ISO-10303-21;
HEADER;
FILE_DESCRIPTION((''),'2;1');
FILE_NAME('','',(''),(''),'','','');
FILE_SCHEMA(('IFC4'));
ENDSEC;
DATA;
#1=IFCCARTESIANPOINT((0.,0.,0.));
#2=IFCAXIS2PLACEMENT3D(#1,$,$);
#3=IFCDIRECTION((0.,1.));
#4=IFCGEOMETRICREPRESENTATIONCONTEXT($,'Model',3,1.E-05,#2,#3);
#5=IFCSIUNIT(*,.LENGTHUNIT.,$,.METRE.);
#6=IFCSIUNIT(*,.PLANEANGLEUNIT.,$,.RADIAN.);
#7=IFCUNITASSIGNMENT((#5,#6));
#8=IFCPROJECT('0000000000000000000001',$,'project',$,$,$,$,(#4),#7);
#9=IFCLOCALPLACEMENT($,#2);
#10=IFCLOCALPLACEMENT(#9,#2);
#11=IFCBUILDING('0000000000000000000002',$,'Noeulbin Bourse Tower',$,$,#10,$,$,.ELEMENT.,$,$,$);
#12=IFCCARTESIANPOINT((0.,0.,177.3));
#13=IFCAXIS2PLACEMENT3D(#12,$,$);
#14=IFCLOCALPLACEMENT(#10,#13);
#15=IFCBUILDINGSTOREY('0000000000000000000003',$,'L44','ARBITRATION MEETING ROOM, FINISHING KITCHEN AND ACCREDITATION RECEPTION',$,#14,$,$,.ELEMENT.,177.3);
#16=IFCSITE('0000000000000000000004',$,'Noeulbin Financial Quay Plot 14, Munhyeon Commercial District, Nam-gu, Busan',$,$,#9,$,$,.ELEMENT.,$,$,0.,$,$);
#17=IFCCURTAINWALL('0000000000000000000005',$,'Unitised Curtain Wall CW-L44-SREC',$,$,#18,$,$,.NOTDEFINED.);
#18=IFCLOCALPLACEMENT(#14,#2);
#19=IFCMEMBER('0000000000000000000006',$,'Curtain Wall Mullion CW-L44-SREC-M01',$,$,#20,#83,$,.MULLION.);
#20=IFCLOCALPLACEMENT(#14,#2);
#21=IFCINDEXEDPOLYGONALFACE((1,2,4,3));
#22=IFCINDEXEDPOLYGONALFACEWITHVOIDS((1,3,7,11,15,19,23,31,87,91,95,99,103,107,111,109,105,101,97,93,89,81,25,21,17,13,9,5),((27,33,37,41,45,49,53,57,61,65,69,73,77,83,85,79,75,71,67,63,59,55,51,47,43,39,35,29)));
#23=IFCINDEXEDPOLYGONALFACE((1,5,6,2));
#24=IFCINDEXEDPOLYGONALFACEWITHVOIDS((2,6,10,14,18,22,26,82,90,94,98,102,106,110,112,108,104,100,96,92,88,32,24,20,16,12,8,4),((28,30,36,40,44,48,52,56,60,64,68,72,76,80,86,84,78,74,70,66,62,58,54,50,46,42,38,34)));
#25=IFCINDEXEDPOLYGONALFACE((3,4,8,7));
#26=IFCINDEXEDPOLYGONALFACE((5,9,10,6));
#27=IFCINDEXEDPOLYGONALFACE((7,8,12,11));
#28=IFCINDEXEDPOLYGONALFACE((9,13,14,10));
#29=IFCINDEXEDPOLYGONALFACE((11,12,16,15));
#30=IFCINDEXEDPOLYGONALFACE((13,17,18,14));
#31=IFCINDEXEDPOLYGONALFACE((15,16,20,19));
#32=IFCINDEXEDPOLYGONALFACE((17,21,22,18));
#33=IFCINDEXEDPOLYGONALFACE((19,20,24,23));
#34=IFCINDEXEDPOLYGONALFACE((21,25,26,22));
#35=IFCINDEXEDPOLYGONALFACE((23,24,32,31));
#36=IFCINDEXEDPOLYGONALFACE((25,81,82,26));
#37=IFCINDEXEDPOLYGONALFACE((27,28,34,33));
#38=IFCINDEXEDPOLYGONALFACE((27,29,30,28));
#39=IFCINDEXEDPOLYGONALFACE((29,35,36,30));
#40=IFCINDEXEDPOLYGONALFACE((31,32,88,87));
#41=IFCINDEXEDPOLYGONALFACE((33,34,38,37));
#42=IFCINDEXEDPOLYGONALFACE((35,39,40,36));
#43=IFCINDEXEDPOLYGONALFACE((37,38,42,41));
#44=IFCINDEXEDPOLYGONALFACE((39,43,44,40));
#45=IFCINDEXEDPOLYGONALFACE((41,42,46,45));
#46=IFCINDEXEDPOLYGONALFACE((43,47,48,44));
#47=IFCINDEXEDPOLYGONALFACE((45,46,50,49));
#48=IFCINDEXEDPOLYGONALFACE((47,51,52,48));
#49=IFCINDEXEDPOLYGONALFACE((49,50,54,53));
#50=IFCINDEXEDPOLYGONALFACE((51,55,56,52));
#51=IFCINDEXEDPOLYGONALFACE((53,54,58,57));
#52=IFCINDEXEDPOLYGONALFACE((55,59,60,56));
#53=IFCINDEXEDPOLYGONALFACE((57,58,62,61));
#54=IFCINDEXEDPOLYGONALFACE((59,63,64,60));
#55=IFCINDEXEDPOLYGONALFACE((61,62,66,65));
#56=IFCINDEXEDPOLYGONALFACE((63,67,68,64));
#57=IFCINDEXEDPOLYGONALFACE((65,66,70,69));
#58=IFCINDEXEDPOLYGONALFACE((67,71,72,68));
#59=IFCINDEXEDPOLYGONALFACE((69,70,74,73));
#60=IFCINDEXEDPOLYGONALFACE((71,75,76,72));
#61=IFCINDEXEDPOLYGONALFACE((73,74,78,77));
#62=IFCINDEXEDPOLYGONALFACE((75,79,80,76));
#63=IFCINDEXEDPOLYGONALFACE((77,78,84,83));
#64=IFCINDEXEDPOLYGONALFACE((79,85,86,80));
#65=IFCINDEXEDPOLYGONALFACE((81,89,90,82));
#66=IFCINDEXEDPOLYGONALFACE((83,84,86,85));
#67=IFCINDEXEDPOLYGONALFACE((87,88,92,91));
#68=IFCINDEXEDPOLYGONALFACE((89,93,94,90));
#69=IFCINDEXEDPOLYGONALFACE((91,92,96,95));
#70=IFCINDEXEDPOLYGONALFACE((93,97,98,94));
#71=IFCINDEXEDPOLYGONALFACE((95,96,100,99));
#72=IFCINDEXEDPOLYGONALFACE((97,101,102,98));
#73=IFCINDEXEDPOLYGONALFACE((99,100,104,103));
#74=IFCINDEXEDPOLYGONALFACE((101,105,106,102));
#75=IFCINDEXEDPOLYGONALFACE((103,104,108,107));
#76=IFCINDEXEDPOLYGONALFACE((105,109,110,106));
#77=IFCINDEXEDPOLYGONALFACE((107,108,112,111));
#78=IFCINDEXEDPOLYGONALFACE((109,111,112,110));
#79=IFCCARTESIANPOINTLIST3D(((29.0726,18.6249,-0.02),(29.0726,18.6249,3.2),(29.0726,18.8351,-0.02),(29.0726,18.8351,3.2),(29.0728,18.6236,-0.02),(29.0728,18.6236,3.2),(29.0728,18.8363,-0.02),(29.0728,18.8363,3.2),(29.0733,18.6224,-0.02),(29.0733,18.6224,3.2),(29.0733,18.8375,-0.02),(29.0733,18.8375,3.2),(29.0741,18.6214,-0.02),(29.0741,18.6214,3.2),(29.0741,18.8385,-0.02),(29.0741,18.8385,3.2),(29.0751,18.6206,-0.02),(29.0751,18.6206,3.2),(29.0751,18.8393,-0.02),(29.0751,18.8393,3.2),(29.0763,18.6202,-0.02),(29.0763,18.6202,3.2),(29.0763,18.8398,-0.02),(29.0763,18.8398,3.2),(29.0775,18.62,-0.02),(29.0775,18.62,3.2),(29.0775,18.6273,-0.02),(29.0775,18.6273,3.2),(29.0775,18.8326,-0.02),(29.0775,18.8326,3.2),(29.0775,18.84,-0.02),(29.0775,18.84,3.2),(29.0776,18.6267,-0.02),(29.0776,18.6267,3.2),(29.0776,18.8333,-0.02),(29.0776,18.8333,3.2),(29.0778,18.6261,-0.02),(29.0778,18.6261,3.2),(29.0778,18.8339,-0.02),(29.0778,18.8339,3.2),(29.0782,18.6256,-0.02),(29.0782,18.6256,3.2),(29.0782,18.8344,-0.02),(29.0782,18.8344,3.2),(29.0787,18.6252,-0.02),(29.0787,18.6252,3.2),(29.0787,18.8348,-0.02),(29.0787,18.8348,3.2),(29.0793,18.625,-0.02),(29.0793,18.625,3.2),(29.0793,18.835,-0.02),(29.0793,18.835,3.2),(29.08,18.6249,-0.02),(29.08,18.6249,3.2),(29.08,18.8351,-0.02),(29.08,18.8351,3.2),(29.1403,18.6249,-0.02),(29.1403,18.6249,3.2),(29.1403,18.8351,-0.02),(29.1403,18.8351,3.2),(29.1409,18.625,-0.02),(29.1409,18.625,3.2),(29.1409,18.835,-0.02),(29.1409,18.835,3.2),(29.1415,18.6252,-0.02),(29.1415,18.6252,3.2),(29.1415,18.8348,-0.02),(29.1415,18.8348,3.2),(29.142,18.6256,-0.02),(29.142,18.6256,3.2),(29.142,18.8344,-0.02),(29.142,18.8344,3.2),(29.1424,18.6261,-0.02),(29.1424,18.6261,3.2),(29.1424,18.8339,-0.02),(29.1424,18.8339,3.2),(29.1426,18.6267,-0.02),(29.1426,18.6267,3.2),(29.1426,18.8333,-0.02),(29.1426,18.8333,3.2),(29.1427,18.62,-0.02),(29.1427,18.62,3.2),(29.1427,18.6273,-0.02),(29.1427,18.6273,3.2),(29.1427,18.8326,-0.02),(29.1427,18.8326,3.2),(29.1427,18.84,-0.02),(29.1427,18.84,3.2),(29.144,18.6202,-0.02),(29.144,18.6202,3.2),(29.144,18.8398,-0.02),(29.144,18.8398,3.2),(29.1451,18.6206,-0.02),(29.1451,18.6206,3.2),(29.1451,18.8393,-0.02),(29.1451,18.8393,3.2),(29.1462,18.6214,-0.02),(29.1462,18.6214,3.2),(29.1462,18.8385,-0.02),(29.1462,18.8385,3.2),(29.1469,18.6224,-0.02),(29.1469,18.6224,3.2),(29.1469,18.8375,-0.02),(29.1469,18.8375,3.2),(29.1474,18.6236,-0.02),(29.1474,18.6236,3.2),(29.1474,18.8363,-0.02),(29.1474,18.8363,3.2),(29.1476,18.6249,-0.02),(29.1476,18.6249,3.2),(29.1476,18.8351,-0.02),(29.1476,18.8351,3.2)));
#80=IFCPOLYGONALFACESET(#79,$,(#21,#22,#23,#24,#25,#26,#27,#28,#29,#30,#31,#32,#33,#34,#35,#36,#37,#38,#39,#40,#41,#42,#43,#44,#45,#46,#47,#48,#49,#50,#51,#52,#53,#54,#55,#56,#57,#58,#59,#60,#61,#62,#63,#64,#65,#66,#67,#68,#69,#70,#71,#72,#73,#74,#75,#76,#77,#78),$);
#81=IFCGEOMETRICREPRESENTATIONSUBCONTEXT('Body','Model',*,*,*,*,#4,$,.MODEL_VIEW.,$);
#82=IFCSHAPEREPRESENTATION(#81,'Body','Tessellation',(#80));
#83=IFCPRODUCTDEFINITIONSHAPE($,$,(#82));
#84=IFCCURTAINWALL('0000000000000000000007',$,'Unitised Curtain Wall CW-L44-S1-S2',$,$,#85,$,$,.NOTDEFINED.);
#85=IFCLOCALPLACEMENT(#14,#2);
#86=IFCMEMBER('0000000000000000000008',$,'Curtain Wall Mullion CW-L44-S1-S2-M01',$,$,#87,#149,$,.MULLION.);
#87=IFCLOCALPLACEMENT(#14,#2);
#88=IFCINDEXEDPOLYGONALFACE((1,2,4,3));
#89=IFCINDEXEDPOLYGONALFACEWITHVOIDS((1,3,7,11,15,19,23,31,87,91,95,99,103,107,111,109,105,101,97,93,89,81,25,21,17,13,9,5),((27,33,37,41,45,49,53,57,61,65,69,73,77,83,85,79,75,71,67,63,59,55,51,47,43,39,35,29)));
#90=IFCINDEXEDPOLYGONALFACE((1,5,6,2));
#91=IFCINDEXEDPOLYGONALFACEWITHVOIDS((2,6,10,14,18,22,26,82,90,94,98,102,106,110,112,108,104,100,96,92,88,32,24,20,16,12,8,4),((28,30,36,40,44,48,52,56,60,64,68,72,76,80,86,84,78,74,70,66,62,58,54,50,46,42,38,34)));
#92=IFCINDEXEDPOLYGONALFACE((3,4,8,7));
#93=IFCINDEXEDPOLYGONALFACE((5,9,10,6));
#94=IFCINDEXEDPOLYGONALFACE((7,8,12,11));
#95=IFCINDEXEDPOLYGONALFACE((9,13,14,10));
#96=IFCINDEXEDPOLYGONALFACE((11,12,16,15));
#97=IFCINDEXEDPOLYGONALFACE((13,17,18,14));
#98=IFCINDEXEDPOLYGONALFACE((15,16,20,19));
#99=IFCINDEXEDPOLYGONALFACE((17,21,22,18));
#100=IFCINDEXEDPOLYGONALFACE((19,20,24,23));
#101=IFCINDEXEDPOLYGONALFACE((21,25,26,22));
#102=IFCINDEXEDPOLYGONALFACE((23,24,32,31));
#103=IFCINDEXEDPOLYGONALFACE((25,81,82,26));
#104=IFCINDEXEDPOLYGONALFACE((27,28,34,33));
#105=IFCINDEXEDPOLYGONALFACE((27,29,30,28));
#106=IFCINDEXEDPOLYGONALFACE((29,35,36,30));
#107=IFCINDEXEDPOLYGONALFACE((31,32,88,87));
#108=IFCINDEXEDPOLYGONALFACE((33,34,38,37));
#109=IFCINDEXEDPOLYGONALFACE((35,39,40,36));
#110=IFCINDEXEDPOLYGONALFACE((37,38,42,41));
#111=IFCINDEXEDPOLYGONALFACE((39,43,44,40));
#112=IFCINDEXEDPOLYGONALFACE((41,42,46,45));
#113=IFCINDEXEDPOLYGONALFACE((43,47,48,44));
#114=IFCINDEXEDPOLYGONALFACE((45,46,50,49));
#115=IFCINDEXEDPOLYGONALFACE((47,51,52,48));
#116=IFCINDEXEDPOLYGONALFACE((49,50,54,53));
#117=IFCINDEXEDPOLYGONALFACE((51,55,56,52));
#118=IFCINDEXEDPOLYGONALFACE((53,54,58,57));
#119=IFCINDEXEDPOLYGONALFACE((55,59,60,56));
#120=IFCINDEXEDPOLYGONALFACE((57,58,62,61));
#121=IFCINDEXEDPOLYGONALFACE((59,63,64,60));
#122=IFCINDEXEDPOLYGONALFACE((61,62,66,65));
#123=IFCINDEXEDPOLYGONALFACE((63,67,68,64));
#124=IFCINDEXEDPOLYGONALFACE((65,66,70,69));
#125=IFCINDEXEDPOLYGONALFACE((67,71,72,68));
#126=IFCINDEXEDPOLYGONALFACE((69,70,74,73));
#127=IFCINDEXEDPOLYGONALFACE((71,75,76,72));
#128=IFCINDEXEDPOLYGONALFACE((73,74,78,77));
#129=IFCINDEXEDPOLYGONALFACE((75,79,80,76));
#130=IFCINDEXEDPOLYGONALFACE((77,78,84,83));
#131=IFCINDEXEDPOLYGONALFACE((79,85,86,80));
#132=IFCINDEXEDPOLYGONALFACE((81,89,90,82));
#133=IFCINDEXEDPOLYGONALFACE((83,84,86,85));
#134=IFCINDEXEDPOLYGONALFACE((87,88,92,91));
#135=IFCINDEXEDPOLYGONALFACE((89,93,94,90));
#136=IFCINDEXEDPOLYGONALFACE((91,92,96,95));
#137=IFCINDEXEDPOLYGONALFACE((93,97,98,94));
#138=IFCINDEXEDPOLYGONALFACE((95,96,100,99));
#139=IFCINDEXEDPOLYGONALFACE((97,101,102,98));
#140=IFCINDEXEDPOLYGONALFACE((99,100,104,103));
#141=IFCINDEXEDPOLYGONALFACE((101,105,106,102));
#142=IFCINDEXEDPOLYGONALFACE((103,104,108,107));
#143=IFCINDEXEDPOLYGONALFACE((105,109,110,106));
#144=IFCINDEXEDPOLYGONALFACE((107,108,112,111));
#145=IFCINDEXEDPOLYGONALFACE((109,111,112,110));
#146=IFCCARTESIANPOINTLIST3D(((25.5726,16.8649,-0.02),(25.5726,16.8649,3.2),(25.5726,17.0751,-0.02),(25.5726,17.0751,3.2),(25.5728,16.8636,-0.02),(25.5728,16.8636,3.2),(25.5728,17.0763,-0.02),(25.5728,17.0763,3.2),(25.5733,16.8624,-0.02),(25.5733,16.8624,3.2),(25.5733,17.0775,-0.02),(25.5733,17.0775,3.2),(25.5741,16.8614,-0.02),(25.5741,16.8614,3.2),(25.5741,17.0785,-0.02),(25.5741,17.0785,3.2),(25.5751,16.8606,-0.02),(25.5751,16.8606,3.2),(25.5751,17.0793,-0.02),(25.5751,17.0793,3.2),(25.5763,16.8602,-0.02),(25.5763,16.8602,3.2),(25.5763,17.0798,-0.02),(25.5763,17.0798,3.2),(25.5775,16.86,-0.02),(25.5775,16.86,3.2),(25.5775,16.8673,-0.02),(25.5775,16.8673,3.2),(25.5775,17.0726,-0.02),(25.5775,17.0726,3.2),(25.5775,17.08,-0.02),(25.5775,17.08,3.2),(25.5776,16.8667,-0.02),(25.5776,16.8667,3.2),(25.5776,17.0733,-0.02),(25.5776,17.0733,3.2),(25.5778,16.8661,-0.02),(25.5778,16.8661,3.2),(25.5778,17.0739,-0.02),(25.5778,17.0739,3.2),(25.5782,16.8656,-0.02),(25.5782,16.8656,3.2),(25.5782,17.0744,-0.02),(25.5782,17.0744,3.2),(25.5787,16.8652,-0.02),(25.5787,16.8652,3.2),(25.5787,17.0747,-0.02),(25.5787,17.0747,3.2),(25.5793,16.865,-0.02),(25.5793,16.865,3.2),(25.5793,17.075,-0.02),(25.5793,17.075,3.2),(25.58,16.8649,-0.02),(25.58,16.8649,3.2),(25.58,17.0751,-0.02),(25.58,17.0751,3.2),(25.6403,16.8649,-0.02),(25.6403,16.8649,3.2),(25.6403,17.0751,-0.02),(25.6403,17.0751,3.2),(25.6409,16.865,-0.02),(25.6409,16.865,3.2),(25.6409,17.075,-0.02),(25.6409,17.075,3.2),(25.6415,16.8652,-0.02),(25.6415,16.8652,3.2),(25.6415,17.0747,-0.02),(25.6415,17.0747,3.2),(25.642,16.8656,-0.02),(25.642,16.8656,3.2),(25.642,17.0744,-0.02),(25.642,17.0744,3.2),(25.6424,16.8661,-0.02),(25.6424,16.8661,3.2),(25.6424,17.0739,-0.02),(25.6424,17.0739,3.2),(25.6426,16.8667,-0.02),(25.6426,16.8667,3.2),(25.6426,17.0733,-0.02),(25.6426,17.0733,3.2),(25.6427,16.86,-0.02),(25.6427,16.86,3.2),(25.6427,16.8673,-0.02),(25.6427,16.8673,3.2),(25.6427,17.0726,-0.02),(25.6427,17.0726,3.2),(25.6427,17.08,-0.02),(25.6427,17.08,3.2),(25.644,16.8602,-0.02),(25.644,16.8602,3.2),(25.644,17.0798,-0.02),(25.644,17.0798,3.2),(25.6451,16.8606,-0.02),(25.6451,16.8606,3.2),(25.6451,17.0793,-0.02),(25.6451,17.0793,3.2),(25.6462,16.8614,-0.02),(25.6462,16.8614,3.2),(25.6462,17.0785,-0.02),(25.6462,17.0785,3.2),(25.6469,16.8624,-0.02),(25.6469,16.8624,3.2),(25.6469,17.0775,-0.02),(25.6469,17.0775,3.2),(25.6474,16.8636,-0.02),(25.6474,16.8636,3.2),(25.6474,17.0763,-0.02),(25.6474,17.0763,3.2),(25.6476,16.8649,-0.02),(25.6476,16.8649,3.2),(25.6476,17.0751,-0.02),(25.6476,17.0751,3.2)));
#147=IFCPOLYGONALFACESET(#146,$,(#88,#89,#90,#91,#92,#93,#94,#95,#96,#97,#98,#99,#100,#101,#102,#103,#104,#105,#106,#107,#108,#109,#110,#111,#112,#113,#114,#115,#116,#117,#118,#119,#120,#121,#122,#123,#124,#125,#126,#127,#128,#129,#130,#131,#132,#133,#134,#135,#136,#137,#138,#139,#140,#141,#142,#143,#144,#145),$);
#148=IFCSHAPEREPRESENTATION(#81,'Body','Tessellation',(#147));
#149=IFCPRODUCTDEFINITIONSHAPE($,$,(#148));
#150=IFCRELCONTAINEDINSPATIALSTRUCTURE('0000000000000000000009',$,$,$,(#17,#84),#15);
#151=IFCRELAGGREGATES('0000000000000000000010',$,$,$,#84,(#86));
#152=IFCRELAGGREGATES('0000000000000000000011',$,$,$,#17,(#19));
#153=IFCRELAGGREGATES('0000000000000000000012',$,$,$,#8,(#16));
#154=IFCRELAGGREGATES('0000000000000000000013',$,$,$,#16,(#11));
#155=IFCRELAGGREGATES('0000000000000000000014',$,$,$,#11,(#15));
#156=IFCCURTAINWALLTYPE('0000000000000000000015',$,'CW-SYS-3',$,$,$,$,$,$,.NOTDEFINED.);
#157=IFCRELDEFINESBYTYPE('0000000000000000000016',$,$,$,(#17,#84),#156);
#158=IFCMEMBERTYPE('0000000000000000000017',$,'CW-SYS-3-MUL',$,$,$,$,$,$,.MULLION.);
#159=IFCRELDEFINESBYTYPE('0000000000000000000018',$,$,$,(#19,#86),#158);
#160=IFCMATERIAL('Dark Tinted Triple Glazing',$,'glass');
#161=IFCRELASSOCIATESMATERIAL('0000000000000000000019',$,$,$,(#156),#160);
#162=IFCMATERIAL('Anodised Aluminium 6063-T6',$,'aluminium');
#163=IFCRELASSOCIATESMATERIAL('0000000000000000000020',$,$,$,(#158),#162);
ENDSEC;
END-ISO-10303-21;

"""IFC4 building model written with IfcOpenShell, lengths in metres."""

from ifc_helpers import new_model, si_unit, direction, frame, origin, origin_2d, place, context, subcontext, project, spatial, hollow_rectangle, extrude, material, material_profile, profile_set, type_object, element, aggregate, save


model = new_model("IFC4")

# Units and contexts
model_context = context("Model", 3, precision=1e-05, world=origin(), true_north=direction((0.0, 1.0)))
body_context = subcontext(model_context, "Body", "Model", "MODEL_VIEW")
ifc_project = project(units=[si_unit("LENGTHUNIT", "METRE"), si_unit("PLANEANGLEUNIT", "RADIAN")], contexts=[model_context])

# Site, building, storey
site_placement = place(None, origin())
site = spatial("IfcSite", under=ifc_project, at=site_placement, Name="Noeulbin Financial Quay Plot 14, Munhyeon Commercial District, Nam-gu, Busan", CompositionType="ELEMENT", RefElevation=0.0)
building_placement = place(site_placement, origin())
building = spatial("IfcBuilding", under=site, at=building_placement, Name="Noeulbin Bourse Tower", CompositionType="ELEMENT")
storey_placement = place(building_placement, frame((0.0, 0.0, 177.3)))
storey = spatial("IfcBuildingStorey", under=building, at=storey_placement, Name="L44", Description="ARBITRATION MEETING ROOM, FINISHING KITCHEN AND ACCREDITATION RECEPTION", CompositionType="ELEMENT", Elevation=177.3)

# Curtain wall, member
ifc_material_1 = material(Name="Dark Tinted Triple Glazing", Category="glass")
curtain_wall_type = type_object("IfcCurtainWallType", Name="CW-SYS-3", PredefinedType="NOTDEFINED", material=ifc_material_1)
curtain_wall_1_placement = place(storey_placement, origin())
curtain_wall_1 = element("IfcCurtainWall", 1, at=curtain_wall_1_placement, inside=storey, type_object=curtain_wall_type, Name="Unitised Curtain Wall CW-L44-SREC", PredefinedType="NOTDEFINED")
ifc_material_2 = material(Name="Anodised Aluminium 6063-T6", Category="aluminium")
ifc_material_profile_1 = material_profile(ifc_material_2, hollow_rectangle(XDim=0.075, YDim=0.22, WallThickness=0.0049, InnerFilletRadius=0.0024, OuterFilletRadius=0.0049, at=origin_2d()), Name="ALU-MULL-75x220x5", Category="LoadBearing")
ifc_profile_set_1 = profile_set([ifc_material_profile_1], Name="Anodised Aluminium 6063-T6")
member_type_1 = type_object("IfcMemberType", Name="CW-SYS-3-MUL", PredefinedType="MULLION", material=ifc_profile_set_1)
member_1_placement = place(storey_placement, frame((29.1101, 18.73, -0.02), z_axis=(0.0, 0.0, 1.0), x_axis=(1.0, 0.0, 0.0)))
member_1 = element("IfcMember", 2, at=member_1_placement, type_object=member_type_1, Name="Curtain Wall Mullion CW-L44-SREC-M01", PredefinedType="MULLION", context=body_context, shape_type="SweptSolid", body=[
    extrude(hollow_rectangle(XDim=0.075, YDim=0.22, WallThickness=0.0049, InnerFilletRadius=0.0024, OuterFilletRadius=0.0049, at=origin_2d()), origin(), (0.0, 0.0, 1.0), 3.22),
])

# Curtain wall, member
curtain_wall_2_placement = place(storey_placement, origin())
curtain_wall_2 = element("IfcCurtainWall", 3, at=curtain_wall_2_placement, inside=storey, type_object=curtain_wall_type, Name="Unitised Curtain Wall CW-L44-S1-S2", PredefinedType="NOTDEFINED")
member_2_placement = place(storey_placement, frame((25.6101, 16.97, -0.02), z_axis=(0.0, 0.0, 1.0), x_axis=(1.0, 0.0, 0.0)))
member_2 = element("IfcMember", 4, at=member_2_placement, type_object=member_type_1, Name="Curtain Wall Mullion CW-L44-S1-S2-M01", PredefinedType="MULLION", context=body_context, shape_type="SweptSolid", body=[
    extrude(hollow_rectangle(XDim=0.075, YDim=0.22, WallThickness=0.0049, InnerFilletRadius=0.0024, OuterFilletRadius=0.0049, at=origin_2d()), origin(), (0.0, 0.0, 1.0), 3.22),
])
aggregate(curtain_wall_2, [member_2])

aggregate(curtain_wall_1, [member_1])

save(model, "model.ifc")
